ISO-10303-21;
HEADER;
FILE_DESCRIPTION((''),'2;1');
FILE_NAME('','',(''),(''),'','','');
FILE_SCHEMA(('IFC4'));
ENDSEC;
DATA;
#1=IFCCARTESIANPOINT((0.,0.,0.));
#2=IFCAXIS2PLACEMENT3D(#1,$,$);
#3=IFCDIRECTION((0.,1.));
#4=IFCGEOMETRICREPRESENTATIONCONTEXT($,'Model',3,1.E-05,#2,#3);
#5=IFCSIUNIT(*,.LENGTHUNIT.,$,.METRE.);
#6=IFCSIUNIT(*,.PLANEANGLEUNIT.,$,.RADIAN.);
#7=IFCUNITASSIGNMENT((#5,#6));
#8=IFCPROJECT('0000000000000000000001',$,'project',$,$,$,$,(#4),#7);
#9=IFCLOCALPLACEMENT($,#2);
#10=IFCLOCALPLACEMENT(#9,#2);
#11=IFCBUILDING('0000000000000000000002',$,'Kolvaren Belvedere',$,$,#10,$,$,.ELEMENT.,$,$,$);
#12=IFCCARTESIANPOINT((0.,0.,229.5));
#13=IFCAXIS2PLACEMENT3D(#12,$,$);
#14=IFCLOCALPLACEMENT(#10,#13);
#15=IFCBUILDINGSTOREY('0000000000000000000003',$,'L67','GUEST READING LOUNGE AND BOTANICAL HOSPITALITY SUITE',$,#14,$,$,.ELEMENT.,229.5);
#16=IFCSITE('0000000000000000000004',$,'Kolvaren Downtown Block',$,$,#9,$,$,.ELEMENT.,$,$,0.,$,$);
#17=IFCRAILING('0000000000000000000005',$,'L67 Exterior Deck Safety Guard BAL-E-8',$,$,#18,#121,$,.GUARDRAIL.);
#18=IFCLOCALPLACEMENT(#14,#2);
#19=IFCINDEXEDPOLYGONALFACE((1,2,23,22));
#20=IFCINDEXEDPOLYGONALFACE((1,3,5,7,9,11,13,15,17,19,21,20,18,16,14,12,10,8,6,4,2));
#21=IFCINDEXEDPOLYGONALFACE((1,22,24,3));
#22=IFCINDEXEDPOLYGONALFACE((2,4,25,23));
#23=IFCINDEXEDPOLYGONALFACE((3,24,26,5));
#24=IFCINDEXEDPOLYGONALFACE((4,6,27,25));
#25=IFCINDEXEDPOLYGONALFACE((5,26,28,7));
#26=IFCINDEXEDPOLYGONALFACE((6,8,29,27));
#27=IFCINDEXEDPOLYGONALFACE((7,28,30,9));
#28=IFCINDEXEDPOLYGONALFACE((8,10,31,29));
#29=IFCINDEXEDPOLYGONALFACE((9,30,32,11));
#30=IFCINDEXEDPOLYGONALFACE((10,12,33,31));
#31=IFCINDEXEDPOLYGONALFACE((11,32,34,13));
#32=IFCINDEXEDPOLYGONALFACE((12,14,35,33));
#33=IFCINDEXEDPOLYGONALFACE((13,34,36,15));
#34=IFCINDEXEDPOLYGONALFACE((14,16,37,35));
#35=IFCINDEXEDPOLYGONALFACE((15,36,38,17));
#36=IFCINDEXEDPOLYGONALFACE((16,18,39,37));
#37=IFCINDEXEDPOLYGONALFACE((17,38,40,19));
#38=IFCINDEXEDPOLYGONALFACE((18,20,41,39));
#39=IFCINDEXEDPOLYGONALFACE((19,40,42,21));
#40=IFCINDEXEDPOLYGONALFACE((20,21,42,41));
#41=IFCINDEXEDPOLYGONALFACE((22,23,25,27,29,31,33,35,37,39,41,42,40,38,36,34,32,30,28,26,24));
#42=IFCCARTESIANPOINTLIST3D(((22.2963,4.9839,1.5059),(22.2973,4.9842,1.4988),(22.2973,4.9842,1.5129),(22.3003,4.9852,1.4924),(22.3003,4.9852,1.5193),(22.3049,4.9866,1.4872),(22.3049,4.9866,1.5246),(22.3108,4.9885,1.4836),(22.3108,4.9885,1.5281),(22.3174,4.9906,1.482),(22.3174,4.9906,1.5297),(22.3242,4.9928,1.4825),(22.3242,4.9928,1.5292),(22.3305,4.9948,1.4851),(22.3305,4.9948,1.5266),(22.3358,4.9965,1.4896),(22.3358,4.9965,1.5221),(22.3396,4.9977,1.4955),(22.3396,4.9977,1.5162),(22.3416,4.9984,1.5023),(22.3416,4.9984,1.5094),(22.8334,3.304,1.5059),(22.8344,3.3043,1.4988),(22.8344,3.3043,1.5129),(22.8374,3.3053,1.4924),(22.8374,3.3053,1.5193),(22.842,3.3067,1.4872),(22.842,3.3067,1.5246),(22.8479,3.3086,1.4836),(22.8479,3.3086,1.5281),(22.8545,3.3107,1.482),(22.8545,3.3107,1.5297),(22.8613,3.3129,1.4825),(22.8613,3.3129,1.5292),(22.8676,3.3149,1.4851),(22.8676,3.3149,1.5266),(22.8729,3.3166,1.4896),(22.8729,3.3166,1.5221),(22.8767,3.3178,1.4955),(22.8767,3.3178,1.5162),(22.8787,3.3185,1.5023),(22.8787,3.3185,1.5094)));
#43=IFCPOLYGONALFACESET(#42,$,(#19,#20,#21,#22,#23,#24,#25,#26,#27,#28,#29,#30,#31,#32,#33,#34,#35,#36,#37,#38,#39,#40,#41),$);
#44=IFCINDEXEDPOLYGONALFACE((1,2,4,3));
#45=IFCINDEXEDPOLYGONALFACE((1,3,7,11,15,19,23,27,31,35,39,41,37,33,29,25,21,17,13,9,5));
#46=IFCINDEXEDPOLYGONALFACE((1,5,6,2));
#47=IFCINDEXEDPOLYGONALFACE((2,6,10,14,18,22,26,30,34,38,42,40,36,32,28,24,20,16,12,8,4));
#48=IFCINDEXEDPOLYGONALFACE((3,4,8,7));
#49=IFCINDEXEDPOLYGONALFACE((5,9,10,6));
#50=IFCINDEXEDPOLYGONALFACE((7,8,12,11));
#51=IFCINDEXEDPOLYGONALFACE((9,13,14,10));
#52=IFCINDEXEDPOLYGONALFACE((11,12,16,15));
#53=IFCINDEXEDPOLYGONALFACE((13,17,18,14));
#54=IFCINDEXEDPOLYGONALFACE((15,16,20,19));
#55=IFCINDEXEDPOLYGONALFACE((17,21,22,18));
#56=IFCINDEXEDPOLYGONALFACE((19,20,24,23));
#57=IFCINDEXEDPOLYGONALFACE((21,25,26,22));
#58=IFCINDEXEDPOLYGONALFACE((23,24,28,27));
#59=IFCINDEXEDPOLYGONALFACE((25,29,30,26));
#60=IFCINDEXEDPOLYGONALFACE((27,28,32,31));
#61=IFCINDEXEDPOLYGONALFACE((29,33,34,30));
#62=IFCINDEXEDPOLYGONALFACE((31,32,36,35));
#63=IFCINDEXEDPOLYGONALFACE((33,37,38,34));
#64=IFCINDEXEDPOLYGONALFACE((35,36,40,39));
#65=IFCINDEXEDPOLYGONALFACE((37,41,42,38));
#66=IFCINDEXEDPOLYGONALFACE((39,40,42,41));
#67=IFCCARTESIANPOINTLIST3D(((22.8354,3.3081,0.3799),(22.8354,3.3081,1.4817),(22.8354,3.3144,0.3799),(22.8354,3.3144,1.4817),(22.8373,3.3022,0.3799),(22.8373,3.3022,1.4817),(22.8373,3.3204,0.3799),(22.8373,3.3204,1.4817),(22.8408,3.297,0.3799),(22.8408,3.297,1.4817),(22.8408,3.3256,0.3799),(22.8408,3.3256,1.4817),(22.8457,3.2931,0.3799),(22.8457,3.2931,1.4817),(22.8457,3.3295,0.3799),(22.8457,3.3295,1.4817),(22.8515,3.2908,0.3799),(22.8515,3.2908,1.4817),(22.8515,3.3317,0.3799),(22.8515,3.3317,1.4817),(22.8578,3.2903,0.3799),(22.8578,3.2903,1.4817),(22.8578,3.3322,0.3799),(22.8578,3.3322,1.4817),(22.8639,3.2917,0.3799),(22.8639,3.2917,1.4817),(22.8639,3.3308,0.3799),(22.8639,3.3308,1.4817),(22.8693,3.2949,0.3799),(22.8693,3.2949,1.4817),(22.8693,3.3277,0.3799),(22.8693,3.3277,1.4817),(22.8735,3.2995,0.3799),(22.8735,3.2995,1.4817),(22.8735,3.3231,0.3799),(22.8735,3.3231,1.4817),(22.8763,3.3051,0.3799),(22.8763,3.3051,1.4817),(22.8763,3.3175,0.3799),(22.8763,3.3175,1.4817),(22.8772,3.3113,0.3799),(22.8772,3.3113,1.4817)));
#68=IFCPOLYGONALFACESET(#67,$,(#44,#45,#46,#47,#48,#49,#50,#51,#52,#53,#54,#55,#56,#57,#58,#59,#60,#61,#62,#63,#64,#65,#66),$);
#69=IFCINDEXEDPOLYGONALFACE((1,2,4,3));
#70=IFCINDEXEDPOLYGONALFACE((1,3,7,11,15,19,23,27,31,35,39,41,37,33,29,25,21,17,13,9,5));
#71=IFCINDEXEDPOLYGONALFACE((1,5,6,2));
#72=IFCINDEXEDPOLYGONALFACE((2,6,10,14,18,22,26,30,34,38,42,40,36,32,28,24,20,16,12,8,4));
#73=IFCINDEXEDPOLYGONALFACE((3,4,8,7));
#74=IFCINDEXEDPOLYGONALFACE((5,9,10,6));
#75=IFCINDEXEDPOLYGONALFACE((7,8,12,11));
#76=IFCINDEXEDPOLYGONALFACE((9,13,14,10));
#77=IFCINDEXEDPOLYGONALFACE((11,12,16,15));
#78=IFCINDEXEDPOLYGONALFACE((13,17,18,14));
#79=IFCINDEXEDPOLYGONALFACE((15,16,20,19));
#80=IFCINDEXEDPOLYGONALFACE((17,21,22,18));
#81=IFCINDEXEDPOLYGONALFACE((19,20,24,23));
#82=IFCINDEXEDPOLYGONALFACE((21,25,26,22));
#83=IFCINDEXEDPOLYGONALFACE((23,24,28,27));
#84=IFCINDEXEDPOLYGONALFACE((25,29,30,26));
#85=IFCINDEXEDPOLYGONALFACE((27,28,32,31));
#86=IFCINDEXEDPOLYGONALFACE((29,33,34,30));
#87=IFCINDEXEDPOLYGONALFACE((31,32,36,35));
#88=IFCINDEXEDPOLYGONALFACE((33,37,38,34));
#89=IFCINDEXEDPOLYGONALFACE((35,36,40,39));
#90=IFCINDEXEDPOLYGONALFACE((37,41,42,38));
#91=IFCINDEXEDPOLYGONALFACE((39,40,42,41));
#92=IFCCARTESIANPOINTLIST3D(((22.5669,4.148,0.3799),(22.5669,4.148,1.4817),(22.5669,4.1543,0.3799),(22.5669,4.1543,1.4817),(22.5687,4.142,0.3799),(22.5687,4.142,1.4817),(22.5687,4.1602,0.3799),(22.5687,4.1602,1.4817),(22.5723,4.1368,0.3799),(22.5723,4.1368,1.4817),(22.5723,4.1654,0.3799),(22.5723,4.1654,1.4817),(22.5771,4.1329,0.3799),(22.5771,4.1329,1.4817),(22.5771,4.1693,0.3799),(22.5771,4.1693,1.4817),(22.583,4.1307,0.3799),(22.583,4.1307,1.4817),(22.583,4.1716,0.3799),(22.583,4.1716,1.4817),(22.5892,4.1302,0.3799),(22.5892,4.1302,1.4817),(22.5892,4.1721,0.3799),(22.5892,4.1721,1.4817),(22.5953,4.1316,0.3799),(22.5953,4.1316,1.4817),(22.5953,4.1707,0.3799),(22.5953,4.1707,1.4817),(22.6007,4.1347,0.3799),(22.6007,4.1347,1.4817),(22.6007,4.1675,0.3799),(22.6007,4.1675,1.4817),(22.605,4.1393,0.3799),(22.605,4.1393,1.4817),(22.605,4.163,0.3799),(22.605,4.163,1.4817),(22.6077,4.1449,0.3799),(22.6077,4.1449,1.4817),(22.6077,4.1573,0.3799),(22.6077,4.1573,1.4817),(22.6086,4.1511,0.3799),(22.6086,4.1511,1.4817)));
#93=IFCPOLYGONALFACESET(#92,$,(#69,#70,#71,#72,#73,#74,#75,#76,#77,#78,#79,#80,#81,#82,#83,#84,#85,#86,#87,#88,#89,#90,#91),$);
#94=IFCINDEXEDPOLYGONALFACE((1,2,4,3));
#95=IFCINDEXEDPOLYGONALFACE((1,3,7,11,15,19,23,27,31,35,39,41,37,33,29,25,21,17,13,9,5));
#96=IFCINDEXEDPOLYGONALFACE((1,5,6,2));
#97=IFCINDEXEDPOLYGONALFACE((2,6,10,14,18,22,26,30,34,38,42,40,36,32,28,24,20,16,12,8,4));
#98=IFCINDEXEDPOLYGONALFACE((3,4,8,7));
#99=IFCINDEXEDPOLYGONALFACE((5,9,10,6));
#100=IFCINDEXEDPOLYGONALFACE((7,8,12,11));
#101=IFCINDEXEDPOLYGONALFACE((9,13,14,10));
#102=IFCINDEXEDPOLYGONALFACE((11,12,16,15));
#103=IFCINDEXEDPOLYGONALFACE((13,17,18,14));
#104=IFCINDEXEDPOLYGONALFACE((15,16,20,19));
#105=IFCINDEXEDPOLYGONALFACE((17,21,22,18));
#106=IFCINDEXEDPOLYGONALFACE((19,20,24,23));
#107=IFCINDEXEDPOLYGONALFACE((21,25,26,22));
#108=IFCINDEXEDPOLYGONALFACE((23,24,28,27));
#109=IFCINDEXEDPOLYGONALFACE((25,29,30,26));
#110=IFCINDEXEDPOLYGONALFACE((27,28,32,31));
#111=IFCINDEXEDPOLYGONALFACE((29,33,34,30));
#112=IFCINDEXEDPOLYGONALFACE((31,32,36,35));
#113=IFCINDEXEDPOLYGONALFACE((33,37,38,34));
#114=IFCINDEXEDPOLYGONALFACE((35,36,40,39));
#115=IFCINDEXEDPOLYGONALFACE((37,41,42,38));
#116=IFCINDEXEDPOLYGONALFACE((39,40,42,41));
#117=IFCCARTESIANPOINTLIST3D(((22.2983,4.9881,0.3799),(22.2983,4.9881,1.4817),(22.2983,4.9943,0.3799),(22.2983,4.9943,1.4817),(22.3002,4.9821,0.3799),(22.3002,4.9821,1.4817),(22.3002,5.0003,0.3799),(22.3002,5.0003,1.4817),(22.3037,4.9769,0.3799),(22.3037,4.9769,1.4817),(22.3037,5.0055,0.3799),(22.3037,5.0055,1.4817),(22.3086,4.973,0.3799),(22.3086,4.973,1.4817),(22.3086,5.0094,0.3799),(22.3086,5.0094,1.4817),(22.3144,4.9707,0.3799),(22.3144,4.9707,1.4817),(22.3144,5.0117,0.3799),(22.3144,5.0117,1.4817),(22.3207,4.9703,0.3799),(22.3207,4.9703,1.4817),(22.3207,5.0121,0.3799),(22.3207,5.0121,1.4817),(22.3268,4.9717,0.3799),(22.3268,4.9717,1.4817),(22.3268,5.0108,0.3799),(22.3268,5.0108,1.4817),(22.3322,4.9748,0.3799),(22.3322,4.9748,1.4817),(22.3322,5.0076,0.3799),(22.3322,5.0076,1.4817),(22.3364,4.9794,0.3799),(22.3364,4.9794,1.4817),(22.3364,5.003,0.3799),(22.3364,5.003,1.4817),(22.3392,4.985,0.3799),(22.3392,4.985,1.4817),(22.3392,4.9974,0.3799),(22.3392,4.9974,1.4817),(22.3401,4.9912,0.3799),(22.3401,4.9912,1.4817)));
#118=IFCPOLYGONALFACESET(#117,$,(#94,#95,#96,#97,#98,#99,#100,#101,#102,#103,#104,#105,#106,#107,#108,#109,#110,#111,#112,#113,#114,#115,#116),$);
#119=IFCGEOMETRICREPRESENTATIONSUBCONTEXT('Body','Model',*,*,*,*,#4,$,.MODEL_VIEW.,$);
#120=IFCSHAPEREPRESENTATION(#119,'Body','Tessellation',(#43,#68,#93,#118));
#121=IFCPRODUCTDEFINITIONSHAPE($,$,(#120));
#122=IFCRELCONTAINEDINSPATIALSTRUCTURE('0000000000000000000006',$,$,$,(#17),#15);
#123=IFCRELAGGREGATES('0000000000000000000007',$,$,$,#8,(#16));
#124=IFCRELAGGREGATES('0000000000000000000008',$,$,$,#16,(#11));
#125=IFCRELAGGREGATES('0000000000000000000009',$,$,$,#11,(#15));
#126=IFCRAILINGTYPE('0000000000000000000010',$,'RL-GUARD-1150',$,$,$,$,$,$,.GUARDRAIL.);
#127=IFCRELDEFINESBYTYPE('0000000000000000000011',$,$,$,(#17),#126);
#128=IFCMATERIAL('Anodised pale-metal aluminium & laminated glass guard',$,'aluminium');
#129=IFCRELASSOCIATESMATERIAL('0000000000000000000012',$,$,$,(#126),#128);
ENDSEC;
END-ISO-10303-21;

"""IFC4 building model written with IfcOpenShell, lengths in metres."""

from ifc_helpers import new_model, si_unit, direction, frame, origin, origin_2d, place, context, subcontext, project, spatial, circle, extrude, material, type_object, element, save


model = new_model("IFC4")

# Units and contexts
model_context = context("Model", 3, precision=1e-05, world=origin(), true_north=direction((0.0, 1.0)))
body_context = subcontext(model_context, "Body", "Model", "MODEL_VIEW")
ifc_project = project(units=[si_unit("LENGTHUNIT", "METRE"), si_unit("PLANEANGLEUNIT", "RADIAN")], contexts=[model_context])

# Site, building, storey
site_placement = place(None, origin())
site = spatial("IfcSite", under=ifc_project, at=site_placement, Name="Kolvaren Downtown Block", CompositionType="ELEMENT", RefElevation=0.0)
building_placement = place(site_placement, origin())
building = spatial("IfcBuilding", under=site, at=building_placement, Name="Kolvaren Belvedere", CompositionType="ELEMENT")
storey_placement = place(building_placement, frame((0.0, 0.0, 229.5)))
storey = spatial("IfcBuildingStorey", under=building, at=storey_placement, Name="L67", Description="GUEST READING LOUNGE AND BOTANICAL HOSPITALITY SUITE", CompositionType="ELEMENT", Elevation=229.5)

# Railing
ifc_material_1 = material(Name="Anodised pale-metal aluminium & laminated glass guard", Category="aluminium")
railing_type = type_object("IfcRailingType", Name="RL-GUARD-1150", PredefinedType="GUARDRAIL", material=ifc_material_1)
railing_1_placement = place(storey_placement, frame((22.8562, 3.3113, 0.3799)))
element("IfcRailing", 1, at=railing_1_placement, inside=storey, type_object=railing_type, Name="L67 Exterior Deck Safety Guard BAL-E-8", PredefinedType="GUARDRAIL", context=body_context, shape_type="SweptSolid", body=[
    extrude(circle(Radius=0.0239, at=origin_2d()), frame((0.0, 0.0, 1.126), z_axis=(-0.304535, 0.952501, 0.0), x_axis=(-0.952501, -0.304535, 0.0)), (0.0, 0.0, 1.0), 1.7637),
    extrude(circle(Radius=0.021, at=origin_2d()), origin(), (0.0, 0.0, 1.0), 1.1018),
    extrude(circle(Radius=0.021, at=origin_2d()), frame((-0.2686, 0.8398, 0.0)), (0.0, 0.0, 1.0), 1.1018),
    extrude(circle(Radius=0.021, at=origin_2d()), frame((-0.5371, 1.6799, 0.0)), (0.0, 0.0, 1.0), 1.1018),
])

save(model, "model.ifc")
